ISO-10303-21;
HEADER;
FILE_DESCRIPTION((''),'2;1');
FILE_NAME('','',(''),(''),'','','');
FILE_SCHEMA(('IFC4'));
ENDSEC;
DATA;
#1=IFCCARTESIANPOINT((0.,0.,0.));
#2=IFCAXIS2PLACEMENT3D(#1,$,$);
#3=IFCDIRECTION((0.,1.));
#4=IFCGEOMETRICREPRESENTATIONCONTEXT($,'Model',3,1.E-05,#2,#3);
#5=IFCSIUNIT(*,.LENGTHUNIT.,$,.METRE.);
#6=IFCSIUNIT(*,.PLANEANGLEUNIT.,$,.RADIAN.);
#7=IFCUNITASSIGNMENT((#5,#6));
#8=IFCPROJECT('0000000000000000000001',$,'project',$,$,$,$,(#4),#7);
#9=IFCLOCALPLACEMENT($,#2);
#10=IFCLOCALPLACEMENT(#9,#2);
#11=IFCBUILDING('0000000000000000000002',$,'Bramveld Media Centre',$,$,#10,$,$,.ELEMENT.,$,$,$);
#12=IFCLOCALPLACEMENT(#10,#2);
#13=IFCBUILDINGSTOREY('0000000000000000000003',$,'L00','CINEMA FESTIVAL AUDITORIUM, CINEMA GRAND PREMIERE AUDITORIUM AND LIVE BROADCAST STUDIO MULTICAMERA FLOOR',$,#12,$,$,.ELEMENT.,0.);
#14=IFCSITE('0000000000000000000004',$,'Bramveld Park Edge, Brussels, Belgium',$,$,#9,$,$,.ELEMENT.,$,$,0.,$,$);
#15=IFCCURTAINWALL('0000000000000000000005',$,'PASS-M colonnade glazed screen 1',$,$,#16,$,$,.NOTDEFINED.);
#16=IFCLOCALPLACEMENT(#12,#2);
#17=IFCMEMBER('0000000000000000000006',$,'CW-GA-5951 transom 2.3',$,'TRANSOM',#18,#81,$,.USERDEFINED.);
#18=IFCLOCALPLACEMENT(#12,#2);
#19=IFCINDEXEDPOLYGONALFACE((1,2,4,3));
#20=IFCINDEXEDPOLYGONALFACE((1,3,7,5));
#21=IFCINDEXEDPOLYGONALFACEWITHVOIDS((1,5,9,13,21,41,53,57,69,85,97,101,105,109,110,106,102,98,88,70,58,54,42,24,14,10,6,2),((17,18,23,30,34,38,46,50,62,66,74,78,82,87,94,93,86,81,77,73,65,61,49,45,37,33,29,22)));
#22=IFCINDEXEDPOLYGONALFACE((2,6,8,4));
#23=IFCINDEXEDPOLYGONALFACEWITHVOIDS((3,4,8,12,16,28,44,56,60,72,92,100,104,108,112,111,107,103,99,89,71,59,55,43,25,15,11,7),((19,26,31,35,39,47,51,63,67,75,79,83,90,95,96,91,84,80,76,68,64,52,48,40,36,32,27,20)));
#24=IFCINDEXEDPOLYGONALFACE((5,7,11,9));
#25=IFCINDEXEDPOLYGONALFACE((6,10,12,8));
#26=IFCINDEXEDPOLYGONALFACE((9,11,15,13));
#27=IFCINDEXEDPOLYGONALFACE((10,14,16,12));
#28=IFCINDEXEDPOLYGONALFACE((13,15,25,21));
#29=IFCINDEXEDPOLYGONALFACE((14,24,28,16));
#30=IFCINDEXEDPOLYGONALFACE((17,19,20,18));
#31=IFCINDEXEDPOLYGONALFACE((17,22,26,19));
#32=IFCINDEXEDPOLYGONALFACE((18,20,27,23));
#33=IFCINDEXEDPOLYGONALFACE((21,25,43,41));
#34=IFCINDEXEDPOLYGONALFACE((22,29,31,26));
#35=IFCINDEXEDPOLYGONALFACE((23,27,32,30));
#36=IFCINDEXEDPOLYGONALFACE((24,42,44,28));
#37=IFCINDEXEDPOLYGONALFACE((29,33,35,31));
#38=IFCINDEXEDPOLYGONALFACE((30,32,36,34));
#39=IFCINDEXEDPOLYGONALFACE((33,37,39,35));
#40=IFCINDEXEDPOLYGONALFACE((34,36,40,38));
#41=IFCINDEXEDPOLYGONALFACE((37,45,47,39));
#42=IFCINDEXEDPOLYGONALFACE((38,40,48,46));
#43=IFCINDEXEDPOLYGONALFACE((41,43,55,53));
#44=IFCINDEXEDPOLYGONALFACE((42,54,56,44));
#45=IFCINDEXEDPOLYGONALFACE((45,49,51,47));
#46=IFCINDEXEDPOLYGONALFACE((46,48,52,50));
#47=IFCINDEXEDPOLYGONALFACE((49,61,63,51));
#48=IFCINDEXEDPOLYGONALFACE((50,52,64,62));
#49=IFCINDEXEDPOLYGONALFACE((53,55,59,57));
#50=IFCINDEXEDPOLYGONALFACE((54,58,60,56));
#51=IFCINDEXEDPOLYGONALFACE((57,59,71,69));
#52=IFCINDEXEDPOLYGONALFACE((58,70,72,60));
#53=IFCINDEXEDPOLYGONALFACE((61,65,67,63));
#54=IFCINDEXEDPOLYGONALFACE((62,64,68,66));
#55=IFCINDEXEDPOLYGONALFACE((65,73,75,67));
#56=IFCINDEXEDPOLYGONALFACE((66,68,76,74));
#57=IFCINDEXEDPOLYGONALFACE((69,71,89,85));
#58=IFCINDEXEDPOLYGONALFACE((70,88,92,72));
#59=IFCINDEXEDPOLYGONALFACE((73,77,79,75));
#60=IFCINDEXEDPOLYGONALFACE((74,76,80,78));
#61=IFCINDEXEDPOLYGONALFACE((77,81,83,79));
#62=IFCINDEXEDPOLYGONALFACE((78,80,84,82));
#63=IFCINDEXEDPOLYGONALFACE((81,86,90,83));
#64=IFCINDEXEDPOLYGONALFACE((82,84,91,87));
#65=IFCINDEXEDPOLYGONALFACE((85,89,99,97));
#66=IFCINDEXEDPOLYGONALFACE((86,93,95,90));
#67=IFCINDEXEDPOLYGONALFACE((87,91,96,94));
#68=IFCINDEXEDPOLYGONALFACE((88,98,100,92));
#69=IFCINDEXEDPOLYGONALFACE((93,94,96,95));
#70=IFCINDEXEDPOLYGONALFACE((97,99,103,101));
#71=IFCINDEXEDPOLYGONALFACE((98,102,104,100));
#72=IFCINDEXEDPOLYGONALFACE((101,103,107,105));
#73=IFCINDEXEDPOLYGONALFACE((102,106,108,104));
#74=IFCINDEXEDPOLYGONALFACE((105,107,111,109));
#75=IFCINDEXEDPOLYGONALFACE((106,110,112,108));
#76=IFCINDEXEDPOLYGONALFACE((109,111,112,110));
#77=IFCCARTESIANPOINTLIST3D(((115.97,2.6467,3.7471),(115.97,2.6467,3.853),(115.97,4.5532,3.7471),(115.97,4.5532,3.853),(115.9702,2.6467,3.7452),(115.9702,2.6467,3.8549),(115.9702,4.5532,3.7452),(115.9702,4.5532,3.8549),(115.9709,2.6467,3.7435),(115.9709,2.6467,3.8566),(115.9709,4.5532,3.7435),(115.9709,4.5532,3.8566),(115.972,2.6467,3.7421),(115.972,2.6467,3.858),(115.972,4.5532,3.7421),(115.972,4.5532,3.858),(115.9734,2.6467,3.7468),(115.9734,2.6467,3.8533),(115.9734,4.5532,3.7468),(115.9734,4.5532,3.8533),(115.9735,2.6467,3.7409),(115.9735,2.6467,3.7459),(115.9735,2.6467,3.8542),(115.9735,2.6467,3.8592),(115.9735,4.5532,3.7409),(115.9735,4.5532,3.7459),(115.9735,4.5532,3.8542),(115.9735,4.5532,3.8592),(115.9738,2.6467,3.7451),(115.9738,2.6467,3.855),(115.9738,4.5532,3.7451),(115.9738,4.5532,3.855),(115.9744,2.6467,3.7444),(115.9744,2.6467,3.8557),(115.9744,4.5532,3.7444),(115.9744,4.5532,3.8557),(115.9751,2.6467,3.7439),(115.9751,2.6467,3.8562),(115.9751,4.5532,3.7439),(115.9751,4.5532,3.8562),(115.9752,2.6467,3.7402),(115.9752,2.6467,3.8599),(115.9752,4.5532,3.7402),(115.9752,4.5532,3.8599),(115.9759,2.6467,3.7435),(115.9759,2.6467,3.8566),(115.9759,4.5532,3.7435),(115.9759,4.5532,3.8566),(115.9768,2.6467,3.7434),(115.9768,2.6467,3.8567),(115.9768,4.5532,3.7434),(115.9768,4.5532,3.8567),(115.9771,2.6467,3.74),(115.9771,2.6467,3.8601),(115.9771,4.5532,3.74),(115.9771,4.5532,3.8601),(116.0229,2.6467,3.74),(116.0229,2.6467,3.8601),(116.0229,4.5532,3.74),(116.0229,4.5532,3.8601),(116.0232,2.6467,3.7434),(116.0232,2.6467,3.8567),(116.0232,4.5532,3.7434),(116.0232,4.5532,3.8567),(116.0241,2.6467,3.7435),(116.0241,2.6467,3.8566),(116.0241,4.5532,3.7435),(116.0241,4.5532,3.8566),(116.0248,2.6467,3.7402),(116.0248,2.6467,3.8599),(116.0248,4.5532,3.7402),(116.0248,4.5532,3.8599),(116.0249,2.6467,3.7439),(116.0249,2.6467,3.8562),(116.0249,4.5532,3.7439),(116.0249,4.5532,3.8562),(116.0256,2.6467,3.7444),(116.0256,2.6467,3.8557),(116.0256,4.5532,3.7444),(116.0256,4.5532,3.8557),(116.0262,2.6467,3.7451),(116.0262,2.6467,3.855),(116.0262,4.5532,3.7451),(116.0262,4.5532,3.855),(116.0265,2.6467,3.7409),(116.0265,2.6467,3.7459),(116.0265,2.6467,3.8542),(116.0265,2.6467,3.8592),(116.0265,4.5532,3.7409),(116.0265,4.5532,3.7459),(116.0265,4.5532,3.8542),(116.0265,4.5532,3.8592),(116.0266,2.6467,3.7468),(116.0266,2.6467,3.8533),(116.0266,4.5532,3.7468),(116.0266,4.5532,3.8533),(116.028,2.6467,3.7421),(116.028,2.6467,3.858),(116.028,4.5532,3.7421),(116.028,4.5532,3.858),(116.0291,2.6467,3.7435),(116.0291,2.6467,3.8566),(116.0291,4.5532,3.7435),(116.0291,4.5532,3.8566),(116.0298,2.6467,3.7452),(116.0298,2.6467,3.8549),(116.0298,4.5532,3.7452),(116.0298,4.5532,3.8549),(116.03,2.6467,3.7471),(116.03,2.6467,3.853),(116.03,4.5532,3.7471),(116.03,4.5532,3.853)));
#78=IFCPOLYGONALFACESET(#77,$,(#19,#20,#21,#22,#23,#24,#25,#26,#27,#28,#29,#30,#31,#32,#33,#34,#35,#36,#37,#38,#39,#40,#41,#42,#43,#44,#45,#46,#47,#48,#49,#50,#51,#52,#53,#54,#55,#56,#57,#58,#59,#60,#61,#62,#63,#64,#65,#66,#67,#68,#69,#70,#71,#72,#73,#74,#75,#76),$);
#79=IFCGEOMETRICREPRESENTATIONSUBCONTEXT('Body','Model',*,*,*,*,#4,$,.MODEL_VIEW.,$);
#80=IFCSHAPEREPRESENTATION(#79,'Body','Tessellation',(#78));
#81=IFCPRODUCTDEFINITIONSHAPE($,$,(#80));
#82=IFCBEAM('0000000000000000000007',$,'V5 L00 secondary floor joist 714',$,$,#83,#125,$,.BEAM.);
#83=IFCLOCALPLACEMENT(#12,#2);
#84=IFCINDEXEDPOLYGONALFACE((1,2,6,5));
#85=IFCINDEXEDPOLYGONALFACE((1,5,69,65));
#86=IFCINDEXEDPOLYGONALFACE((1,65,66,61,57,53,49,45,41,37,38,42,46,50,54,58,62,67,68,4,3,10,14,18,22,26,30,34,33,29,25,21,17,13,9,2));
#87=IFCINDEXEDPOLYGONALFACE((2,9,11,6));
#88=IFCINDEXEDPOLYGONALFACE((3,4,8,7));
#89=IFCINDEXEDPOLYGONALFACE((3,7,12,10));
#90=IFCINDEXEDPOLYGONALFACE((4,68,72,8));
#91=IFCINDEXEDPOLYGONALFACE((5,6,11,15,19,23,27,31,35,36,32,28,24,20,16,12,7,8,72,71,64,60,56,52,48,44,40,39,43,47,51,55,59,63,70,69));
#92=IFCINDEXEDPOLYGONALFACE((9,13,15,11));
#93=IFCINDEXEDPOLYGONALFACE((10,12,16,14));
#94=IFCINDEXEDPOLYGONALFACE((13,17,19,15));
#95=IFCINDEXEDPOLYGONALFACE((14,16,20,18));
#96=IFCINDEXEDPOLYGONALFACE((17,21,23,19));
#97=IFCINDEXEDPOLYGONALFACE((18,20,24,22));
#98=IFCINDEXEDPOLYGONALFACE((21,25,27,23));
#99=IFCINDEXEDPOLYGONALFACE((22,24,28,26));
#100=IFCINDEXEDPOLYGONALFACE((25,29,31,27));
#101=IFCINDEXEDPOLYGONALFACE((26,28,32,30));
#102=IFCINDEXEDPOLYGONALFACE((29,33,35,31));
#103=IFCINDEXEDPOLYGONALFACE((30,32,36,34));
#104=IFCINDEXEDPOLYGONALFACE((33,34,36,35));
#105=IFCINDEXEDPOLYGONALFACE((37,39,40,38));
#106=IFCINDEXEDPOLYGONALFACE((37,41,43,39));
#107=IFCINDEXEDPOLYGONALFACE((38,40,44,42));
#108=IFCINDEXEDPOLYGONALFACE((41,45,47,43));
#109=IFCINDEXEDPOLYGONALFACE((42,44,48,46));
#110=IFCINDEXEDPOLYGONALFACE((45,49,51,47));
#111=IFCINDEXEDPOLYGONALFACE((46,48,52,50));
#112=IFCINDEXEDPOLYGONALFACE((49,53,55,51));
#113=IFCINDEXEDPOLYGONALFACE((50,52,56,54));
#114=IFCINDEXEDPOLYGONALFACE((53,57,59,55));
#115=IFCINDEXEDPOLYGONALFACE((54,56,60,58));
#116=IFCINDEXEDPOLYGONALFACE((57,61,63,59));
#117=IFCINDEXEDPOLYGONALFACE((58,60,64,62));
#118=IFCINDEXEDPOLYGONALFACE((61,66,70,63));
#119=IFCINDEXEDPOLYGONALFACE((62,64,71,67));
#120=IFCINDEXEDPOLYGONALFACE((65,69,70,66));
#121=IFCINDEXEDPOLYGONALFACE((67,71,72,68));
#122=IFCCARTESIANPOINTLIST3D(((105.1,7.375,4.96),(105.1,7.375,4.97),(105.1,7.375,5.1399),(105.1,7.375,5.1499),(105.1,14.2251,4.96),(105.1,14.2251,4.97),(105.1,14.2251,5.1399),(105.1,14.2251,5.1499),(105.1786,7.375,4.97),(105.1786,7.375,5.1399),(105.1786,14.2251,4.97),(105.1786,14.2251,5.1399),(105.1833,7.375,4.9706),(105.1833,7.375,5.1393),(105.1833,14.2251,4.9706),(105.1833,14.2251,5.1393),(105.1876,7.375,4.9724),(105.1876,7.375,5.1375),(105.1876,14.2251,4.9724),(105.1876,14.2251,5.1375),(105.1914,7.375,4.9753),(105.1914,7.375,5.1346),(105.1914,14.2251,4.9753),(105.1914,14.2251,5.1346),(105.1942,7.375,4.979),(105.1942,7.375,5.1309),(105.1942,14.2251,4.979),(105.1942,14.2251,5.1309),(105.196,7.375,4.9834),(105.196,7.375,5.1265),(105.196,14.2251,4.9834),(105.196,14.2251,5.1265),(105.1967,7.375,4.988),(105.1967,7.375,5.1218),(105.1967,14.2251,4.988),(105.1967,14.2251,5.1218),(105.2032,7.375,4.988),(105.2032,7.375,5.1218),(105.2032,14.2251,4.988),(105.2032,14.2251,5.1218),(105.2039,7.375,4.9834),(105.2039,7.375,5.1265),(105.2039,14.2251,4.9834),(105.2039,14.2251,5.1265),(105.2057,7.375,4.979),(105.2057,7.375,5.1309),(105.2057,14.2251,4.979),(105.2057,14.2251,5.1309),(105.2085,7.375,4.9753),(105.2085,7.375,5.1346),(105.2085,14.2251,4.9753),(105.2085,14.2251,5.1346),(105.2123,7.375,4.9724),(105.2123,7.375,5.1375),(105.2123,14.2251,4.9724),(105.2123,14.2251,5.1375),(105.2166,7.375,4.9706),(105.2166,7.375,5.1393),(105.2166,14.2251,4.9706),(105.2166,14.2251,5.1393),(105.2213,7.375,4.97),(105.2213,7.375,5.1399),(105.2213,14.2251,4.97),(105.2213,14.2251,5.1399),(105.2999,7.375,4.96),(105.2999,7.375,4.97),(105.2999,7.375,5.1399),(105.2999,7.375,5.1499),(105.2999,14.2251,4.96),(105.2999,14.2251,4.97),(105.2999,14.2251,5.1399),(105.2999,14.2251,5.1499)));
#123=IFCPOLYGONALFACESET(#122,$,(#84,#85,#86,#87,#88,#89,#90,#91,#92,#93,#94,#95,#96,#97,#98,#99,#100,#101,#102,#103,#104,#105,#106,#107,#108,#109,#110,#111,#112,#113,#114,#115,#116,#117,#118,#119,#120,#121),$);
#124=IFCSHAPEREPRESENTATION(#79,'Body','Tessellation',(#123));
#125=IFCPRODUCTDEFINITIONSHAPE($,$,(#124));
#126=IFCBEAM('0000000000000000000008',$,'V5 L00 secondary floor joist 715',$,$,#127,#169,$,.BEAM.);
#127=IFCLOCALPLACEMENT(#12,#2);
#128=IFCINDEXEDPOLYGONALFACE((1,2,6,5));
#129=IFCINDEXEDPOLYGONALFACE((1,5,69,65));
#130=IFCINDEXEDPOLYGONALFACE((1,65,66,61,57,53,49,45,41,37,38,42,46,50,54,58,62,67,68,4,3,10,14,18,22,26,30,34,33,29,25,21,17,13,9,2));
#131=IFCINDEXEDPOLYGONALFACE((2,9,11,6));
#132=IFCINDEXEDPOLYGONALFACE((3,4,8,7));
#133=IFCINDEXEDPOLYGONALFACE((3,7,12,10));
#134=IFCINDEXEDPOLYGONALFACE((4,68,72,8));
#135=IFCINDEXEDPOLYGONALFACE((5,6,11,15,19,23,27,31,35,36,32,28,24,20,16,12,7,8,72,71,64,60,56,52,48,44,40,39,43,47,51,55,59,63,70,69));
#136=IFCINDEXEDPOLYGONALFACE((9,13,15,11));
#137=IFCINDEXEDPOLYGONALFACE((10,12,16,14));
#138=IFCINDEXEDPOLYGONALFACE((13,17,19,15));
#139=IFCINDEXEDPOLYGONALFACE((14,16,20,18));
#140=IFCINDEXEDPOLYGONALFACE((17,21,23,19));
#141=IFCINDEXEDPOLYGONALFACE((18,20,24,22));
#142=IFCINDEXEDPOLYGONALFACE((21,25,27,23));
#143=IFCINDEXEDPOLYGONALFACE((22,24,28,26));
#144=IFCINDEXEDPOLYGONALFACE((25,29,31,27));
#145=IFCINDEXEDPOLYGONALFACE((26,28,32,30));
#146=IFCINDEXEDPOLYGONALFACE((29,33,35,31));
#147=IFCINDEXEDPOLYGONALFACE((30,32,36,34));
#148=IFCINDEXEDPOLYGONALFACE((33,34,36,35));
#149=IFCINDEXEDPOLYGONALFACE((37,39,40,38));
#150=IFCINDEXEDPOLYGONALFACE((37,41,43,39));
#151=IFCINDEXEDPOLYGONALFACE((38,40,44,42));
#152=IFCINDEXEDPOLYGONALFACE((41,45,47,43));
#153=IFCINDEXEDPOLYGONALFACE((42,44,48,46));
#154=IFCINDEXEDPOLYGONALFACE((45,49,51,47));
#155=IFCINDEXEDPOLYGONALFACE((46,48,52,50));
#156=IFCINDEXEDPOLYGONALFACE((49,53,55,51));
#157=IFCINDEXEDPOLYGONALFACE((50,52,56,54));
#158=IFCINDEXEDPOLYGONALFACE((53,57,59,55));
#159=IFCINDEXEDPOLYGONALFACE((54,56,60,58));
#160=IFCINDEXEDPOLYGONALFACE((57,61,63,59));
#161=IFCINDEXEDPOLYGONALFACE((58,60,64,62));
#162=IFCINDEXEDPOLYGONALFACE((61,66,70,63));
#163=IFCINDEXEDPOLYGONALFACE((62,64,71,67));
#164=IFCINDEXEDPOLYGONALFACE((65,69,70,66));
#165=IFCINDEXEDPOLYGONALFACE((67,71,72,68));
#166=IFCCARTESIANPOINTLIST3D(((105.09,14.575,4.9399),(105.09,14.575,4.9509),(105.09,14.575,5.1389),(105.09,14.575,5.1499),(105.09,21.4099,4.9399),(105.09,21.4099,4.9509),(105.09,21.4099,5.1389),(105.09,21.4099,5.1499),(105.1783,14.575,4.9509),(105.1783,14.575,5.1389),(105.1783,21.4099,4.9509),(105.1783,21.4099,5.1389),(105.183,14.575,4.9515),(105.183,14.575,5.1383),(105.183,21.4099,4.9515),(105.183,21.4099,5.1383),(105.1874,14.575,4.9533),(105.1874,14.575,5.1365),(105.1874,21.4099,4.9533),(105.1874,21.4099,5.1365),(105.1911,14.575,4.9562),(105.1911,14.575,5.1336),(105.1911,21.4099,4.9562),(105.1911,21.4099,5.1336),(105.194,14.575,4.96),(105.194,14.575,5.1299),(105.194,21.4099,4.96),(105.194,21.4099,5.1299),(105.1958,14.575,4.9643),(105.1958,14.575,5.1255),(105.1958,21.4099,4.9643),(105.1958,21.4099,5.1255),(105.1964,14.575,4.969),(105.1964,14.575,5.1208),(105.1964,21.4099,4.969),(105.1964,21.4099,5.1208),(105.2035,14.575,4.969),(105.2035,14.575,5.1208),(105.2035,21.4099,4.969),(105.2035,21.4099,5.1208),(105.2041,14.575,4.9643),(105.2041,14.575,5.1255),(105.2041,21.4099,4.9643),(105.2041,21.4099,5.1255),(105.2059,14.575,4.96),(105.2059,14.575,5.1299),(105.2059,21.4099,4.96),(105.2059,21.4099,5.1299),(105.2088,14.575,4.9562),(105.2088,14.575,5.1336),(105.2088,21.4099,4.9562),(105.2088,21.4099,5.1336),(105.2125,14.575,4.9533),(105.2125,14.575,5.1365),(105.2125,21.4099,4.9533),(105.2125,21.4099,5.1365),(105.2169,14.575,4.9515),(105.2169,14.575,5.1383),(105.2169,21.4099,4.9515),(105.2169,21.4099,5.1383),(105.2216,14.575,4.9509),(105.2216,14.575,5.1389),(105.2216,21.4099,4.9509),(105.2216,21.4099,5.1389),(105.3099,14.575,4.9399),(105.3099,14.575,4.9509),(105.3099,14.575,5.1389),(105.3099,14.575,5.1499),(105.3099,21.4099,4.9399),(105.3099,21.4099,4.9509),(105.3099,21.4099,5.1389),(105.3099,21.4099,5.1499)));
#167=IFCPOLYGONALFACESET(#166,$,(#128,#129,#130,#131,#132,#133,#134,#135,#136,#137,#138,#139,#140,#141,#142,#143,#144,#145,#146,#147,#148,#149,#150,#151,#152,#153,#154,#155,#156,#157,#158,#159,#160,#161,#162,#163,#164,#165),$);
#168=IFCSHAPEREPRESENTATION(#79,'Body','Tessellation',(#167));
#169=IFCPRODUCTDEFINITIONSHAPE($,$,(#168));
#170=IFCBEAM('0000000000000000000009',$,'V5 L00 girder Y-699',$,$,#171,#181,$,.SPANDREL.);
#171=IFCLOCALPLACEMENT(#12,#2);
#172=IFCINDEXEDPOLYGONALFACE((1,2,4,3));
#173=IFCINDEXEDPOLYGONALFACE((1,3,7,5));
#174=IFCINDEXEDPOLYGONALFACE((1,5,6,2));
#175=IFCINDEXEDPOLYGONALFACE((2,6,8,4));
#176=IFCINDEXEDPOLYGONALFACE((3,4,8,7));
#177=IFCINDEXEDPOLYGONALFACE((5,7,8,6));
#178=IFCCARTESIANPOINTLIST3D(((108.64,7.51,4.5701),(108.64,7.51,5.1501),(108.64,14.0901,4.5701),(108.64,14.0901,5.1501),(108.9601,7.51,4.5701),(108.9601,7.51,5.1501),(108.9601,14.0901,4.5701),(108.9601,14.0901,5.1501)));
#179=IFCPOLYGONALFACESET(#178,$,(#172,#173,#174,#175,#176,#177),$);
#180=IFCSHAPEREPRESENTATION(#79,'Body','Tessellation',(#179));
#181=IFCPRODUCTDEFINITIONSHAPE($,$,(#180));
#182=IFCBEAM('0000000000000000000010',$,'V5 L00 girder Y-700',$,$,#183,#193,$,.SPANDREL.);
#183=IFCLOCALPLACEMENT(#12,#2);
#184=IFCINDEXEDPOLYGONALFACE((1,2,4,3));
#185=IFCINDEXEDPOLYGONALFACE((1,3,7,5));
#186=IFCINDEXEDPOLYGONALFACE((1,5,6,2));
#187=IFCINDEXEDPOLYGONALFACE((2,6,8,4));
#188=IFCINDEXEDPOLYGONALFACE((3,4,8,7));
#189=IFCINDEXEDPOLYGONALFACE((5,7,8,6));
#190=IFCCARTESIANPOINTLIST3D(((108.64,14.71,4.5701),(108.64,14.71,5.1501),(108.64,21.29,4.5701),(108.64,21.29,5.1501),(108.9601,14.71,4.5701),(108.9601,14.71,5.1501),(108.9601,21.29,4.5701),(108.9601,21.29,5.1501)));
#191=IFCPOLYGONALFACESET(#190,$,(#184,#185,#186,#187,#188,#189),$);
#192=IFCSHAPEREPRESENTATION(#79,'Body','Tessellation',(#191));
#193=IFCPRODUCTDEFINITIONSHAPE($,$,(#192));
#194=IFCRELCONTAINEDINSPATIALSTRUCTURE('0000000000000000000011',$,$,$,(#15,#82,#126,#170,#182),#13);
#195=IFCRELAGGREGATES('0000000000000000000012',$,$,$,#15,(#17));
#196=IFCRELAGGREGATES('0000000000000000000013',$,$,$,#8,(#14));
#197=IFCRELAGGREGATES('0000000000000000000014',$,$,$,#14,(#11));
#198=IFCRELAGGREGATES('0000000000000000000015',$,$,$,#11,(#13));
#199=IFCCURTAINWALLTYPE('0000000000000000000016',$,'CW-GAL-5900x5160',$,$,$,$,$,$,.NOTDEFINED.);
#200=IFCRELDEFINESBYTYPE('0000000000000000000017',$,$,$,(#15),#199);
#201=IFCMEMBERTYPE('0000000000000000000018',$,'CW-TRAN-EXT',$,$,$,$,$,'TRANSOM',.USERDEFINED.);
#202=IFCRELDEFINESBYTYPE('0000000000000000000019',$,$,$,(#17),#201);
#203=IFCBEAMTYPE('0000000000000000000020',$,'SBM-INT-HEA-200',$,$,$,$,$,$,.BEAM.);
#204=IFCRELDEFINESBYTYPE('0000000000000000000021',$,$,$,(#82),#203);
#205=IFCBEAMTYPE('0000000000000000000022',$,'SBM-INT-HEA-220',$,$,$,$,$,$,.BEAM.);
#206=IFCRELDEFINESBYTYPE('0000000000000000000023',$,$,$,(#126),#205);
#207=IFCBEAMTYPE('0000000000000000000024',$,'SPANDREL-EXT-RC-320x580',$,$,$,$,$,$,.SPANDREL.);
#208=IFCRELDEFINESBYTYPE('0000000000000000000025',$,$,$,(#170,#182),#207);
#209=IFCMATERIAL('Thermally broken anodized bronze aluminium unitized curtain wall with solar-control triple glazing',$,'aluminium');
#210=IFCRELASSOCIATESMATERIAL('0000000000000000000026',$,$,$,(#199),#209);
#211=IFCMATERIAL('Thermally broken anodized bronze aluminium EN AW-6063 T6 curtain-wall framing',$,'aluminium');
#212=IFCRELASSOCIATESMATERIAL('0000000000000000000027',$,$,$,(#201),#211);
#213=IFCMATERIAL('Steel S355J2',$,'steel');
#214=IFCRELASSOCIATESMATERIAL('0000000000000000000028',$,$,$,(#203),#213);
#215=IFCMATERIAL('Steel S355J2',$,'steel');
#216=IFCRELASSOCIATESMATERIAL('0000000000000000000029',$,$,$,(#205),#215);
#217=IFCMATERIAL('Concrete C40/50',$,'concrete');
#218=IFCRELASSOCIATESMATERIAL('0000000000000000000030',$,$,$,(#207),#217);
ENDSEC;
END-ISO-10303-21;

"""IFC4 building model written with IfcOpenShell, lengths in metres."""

from ifc_helpers import new_model, si_unit, direction, frame, origin, origin_2d, place, context, subcontext, project, spatial, rectangle, hollow_rectangle, i_section, extrude, material, material_profile, profile_set, type_object, element, aggregate, save


model = new_model("IFC4")

# Units and contexts
model_context = context("Model", 3, precision=1e-05, world=origin(), true_north=direction((0.0, 1.0)))
body_context = subcontext(model_context, "Body", "Model", "MODEL_VIEW")
ifc_project = project(units=[si_unit("LENGTHUNIT", "METRE"), si_unit("PLANEANGLEUNIT", "RADIAN")], contexts=[model_context])

# Site, building, storey
site_placement = place(None, origin())
site = spatial("IfcSite", under=ifc_project, at=site_placement, Name="Bramveld Park Edge, Brussels, Belgium", CompositionType="ELEMENT", RefElevation=0.0)
building_placement = place(site_placement, origin())
building = spatial("IfcBuilding", under=site, at=building_placement, Name="Bramveld Media Centre", CompositionType="ELEMENT")
storey_placement = place(building_placement, origin())
storey = spatial("IfcBuildingStorey", under=building, at=storey_placement, Name="L00", Description="CINEMA FESTIVAL AUDITORIUM, CINEMA GRAND PREMIERE AUDITORIUM AND LIVE BROADCAST STUDIO MULTICAMERA FLOOR", CompositionType="ELEMENT", Elevation=0.0)

# Curtain wall, member
ifc_material_1 = material(Name="Thermally broken anodized bronze aluminium unitized curtain wall with solar-control triple glazing", Category="aluminium")
curtain_wall_type = type_object("IfcCurtainWallType", Name="CW-GAL-5900x5160", PredefinedType="NOTDEFINED", material=ifc_material_1)
curtain_wall_placement = place(storey_placement, origin())
curtain_wall = element("IfcCurtainWall", 1, at=curtain_wall_placement, inside=storey, type_object=curtain_wall_type, Name="PASS-M colonnade glazed screen 1", PredefinedType="NOTDEFINED")
ifc_material_2 = material(Name="Thermally broken anodized bronze aluminium EN AW-6063 T6 curtain-wall framing", Category="aluminium")
ifc_material_profile_1 = material_profile(ifc_material_2, hollow_rectangle(XDim=0.0601, YDim=0.1201, WallThickness=0.0034, InnerFilletRadius=0.0034, OuterFilletRadius=0.0071, at=origin_2d()), Name="AL-TRAN 60x120")
ifc_profile_set_1 = profile_set([ifc_material_profile_1], Name="Thermally broken anodized bronze aluminium EN AW-6063 T6 curtain-wall framing")
member_type = type_object("IfcMemberType", Name="CW-TRAN-EXT", ElementType="TRANSOM", PredefinedType="USERDEFINED", material=ifc_profile_set_1)
member_placement = place(storey_placement, frame((116.0, 2.6467, 3.8), z_axis=(0.0, 1.0, 0.0), x_axis=(-1.0, 0.0, 0.0)))
member = element("IfcMember", 2, at=member_placement, type_object=member_type, Name="CW-GA-5951 transom 2.3", ObjectType="TRANSOM", PredefinedType="USERDEFINED", context=body_context, shape_type="SweptSolid", body=[
    extrude(hollow_rectangle(XDim=0.0601, YDim=0.1201, WallThickness=0.0034, InnerFilletRadius=0.0034, OuterFilletRadius=0.0071, at=origin_2d()), origin(), (0.0, 0.0, 1.0), 1.9065),
])
aggregate(curtain_wall, [member])

# Beams
ifc_material_3 = material(Name="Steel S355J2", Category="steel")
ifc_material_profile_2 = material_profile(ifc_material_3, i_section(OverallWidth=0.2, OverallDepth=0.1899, WebThickness=0.0066, FlangeThickness=0.01, FilletRadius=0.0181, at=origin_2d()), Name="HEA 200")
ifc_profile_set_2 = profile_set([ifc_material_profile_2], Name="Steel S355J2")
beam_type_1 = type_object("IfcBeamType", Name="SBM-INT-HEA-200", PredefinedType="BEAM", material=ifc_profile_set_2)
beam_1_placement = place(storey_placement, frame((105.2, 7.375, 5.0549), z_axis=(0.0, 1.0, 0.0), x_axis=(-1.0, 0.0, 0.0)))
element("IfcBeam", 3, at=beam_1_placement, inside=storey, type_object=beam_type_1, Name="V5 L00 secondary floor joist 714", PredefinedType="BEAM", context=body_context, shape_type="SweptSolid", body=[
    extrude(i_section(OverallWidth=0.2, OverallDepth=0.1899, WebThickness=0.0066, FlangeThickness=0.01, FilletRadius=0.0181, at=origin_2d()), origin(), (0.0, 0.0, 1.0), 6.8501),
])
ifc_material_4 = material(Name="Steel S355J2", Category="steel")
ifc_material_profile_3 = material_profile(ifc_material_4, i_section(OverallWidth=0.22, OverallDepth=0.21, WebThickness=0.0071, FlangeThickness=0.011, FilletRadius=0.0181, at=origin_2d()), Name="HEA 220")
ifc_profile_set_3 = profile_set([ifc_material_profile_3], Name="Steel S355J2")
beam_type_2 = type_object("IfcBeamType", Name="SBM-INT-HEA-220", PredefinedType="BEAM", material=ifc_profile_set_3)
beam_2_placement = place(storey_placement, frame((105.2, 14.575, 5.0449), z_axis=(0.0, 1.0, 0.0), x_axis=(-1.0, 0.0, 0.0)))
element("IfcBeam", 4, at=beam_2_placement, inside=storey, type_object=beam_type_2, Name="V5 L00 secondary floor joist 715", PredefinedType="BEAM", context=body_context, shape_type="SweptSolid", body=[
    extrude(i_section(OverallWidth=0.22, OverallDepth=0.21, WebThickness=0.0071, FlangeThickness=0.011, FilletRadius=0.0181, at=origin_2d()), origin(), (0.0, 0.0, 1.0), 6.835),
])
ifc_material_5 = material(Name="Concrete C40/50", Category="concrete")
ifc_material_profile_4 = material_profile(ifc_material_5, rectangle(XDim=0.3201, YDim=0.5801, at=origin_2d()), Name="RC 320x580")
ifc_profile_set_4 = profile_set([ifc_material_profile_4], Name="Concrete C40/50")
beam_type_3 = type_object("IfcBeamType", Name="SPANDREL-EXT-RC-320x580", PredefinedType="SPANDREL", material=ifc_profile_set_4)
for number, where, z_axis, x_axis, name in (
    (5, (108.8, 7.51, 4.8601), (0.0, 1.0, 0.0), (-1.0, 0.0, 0.0), "V5 L00 girder Y-699"),
    (6, (108.8, 14.71, 4.8601), (0.0, 1.0, 0.0), (-1.0, 0.0, 0.0), "V5 L00 girder Y-700"),
):
    element("IfcBeam", number, at=place(storey_placement, frame(where, z_axis=z_axis, x_axis=x_axis)), inside=storey, type_object=beam_type_3, Name=name, PredefinedType="SPANDREL", context=body_context, shape_type="SweptSolid", body=[
        extrude(rectangle(XDim=0.3201, YDim=0.5801, at=origin_2d()), origin(), (0.0, 0.0, 1.0), 6.5801),
    ])

save(model, "model.ifc")
